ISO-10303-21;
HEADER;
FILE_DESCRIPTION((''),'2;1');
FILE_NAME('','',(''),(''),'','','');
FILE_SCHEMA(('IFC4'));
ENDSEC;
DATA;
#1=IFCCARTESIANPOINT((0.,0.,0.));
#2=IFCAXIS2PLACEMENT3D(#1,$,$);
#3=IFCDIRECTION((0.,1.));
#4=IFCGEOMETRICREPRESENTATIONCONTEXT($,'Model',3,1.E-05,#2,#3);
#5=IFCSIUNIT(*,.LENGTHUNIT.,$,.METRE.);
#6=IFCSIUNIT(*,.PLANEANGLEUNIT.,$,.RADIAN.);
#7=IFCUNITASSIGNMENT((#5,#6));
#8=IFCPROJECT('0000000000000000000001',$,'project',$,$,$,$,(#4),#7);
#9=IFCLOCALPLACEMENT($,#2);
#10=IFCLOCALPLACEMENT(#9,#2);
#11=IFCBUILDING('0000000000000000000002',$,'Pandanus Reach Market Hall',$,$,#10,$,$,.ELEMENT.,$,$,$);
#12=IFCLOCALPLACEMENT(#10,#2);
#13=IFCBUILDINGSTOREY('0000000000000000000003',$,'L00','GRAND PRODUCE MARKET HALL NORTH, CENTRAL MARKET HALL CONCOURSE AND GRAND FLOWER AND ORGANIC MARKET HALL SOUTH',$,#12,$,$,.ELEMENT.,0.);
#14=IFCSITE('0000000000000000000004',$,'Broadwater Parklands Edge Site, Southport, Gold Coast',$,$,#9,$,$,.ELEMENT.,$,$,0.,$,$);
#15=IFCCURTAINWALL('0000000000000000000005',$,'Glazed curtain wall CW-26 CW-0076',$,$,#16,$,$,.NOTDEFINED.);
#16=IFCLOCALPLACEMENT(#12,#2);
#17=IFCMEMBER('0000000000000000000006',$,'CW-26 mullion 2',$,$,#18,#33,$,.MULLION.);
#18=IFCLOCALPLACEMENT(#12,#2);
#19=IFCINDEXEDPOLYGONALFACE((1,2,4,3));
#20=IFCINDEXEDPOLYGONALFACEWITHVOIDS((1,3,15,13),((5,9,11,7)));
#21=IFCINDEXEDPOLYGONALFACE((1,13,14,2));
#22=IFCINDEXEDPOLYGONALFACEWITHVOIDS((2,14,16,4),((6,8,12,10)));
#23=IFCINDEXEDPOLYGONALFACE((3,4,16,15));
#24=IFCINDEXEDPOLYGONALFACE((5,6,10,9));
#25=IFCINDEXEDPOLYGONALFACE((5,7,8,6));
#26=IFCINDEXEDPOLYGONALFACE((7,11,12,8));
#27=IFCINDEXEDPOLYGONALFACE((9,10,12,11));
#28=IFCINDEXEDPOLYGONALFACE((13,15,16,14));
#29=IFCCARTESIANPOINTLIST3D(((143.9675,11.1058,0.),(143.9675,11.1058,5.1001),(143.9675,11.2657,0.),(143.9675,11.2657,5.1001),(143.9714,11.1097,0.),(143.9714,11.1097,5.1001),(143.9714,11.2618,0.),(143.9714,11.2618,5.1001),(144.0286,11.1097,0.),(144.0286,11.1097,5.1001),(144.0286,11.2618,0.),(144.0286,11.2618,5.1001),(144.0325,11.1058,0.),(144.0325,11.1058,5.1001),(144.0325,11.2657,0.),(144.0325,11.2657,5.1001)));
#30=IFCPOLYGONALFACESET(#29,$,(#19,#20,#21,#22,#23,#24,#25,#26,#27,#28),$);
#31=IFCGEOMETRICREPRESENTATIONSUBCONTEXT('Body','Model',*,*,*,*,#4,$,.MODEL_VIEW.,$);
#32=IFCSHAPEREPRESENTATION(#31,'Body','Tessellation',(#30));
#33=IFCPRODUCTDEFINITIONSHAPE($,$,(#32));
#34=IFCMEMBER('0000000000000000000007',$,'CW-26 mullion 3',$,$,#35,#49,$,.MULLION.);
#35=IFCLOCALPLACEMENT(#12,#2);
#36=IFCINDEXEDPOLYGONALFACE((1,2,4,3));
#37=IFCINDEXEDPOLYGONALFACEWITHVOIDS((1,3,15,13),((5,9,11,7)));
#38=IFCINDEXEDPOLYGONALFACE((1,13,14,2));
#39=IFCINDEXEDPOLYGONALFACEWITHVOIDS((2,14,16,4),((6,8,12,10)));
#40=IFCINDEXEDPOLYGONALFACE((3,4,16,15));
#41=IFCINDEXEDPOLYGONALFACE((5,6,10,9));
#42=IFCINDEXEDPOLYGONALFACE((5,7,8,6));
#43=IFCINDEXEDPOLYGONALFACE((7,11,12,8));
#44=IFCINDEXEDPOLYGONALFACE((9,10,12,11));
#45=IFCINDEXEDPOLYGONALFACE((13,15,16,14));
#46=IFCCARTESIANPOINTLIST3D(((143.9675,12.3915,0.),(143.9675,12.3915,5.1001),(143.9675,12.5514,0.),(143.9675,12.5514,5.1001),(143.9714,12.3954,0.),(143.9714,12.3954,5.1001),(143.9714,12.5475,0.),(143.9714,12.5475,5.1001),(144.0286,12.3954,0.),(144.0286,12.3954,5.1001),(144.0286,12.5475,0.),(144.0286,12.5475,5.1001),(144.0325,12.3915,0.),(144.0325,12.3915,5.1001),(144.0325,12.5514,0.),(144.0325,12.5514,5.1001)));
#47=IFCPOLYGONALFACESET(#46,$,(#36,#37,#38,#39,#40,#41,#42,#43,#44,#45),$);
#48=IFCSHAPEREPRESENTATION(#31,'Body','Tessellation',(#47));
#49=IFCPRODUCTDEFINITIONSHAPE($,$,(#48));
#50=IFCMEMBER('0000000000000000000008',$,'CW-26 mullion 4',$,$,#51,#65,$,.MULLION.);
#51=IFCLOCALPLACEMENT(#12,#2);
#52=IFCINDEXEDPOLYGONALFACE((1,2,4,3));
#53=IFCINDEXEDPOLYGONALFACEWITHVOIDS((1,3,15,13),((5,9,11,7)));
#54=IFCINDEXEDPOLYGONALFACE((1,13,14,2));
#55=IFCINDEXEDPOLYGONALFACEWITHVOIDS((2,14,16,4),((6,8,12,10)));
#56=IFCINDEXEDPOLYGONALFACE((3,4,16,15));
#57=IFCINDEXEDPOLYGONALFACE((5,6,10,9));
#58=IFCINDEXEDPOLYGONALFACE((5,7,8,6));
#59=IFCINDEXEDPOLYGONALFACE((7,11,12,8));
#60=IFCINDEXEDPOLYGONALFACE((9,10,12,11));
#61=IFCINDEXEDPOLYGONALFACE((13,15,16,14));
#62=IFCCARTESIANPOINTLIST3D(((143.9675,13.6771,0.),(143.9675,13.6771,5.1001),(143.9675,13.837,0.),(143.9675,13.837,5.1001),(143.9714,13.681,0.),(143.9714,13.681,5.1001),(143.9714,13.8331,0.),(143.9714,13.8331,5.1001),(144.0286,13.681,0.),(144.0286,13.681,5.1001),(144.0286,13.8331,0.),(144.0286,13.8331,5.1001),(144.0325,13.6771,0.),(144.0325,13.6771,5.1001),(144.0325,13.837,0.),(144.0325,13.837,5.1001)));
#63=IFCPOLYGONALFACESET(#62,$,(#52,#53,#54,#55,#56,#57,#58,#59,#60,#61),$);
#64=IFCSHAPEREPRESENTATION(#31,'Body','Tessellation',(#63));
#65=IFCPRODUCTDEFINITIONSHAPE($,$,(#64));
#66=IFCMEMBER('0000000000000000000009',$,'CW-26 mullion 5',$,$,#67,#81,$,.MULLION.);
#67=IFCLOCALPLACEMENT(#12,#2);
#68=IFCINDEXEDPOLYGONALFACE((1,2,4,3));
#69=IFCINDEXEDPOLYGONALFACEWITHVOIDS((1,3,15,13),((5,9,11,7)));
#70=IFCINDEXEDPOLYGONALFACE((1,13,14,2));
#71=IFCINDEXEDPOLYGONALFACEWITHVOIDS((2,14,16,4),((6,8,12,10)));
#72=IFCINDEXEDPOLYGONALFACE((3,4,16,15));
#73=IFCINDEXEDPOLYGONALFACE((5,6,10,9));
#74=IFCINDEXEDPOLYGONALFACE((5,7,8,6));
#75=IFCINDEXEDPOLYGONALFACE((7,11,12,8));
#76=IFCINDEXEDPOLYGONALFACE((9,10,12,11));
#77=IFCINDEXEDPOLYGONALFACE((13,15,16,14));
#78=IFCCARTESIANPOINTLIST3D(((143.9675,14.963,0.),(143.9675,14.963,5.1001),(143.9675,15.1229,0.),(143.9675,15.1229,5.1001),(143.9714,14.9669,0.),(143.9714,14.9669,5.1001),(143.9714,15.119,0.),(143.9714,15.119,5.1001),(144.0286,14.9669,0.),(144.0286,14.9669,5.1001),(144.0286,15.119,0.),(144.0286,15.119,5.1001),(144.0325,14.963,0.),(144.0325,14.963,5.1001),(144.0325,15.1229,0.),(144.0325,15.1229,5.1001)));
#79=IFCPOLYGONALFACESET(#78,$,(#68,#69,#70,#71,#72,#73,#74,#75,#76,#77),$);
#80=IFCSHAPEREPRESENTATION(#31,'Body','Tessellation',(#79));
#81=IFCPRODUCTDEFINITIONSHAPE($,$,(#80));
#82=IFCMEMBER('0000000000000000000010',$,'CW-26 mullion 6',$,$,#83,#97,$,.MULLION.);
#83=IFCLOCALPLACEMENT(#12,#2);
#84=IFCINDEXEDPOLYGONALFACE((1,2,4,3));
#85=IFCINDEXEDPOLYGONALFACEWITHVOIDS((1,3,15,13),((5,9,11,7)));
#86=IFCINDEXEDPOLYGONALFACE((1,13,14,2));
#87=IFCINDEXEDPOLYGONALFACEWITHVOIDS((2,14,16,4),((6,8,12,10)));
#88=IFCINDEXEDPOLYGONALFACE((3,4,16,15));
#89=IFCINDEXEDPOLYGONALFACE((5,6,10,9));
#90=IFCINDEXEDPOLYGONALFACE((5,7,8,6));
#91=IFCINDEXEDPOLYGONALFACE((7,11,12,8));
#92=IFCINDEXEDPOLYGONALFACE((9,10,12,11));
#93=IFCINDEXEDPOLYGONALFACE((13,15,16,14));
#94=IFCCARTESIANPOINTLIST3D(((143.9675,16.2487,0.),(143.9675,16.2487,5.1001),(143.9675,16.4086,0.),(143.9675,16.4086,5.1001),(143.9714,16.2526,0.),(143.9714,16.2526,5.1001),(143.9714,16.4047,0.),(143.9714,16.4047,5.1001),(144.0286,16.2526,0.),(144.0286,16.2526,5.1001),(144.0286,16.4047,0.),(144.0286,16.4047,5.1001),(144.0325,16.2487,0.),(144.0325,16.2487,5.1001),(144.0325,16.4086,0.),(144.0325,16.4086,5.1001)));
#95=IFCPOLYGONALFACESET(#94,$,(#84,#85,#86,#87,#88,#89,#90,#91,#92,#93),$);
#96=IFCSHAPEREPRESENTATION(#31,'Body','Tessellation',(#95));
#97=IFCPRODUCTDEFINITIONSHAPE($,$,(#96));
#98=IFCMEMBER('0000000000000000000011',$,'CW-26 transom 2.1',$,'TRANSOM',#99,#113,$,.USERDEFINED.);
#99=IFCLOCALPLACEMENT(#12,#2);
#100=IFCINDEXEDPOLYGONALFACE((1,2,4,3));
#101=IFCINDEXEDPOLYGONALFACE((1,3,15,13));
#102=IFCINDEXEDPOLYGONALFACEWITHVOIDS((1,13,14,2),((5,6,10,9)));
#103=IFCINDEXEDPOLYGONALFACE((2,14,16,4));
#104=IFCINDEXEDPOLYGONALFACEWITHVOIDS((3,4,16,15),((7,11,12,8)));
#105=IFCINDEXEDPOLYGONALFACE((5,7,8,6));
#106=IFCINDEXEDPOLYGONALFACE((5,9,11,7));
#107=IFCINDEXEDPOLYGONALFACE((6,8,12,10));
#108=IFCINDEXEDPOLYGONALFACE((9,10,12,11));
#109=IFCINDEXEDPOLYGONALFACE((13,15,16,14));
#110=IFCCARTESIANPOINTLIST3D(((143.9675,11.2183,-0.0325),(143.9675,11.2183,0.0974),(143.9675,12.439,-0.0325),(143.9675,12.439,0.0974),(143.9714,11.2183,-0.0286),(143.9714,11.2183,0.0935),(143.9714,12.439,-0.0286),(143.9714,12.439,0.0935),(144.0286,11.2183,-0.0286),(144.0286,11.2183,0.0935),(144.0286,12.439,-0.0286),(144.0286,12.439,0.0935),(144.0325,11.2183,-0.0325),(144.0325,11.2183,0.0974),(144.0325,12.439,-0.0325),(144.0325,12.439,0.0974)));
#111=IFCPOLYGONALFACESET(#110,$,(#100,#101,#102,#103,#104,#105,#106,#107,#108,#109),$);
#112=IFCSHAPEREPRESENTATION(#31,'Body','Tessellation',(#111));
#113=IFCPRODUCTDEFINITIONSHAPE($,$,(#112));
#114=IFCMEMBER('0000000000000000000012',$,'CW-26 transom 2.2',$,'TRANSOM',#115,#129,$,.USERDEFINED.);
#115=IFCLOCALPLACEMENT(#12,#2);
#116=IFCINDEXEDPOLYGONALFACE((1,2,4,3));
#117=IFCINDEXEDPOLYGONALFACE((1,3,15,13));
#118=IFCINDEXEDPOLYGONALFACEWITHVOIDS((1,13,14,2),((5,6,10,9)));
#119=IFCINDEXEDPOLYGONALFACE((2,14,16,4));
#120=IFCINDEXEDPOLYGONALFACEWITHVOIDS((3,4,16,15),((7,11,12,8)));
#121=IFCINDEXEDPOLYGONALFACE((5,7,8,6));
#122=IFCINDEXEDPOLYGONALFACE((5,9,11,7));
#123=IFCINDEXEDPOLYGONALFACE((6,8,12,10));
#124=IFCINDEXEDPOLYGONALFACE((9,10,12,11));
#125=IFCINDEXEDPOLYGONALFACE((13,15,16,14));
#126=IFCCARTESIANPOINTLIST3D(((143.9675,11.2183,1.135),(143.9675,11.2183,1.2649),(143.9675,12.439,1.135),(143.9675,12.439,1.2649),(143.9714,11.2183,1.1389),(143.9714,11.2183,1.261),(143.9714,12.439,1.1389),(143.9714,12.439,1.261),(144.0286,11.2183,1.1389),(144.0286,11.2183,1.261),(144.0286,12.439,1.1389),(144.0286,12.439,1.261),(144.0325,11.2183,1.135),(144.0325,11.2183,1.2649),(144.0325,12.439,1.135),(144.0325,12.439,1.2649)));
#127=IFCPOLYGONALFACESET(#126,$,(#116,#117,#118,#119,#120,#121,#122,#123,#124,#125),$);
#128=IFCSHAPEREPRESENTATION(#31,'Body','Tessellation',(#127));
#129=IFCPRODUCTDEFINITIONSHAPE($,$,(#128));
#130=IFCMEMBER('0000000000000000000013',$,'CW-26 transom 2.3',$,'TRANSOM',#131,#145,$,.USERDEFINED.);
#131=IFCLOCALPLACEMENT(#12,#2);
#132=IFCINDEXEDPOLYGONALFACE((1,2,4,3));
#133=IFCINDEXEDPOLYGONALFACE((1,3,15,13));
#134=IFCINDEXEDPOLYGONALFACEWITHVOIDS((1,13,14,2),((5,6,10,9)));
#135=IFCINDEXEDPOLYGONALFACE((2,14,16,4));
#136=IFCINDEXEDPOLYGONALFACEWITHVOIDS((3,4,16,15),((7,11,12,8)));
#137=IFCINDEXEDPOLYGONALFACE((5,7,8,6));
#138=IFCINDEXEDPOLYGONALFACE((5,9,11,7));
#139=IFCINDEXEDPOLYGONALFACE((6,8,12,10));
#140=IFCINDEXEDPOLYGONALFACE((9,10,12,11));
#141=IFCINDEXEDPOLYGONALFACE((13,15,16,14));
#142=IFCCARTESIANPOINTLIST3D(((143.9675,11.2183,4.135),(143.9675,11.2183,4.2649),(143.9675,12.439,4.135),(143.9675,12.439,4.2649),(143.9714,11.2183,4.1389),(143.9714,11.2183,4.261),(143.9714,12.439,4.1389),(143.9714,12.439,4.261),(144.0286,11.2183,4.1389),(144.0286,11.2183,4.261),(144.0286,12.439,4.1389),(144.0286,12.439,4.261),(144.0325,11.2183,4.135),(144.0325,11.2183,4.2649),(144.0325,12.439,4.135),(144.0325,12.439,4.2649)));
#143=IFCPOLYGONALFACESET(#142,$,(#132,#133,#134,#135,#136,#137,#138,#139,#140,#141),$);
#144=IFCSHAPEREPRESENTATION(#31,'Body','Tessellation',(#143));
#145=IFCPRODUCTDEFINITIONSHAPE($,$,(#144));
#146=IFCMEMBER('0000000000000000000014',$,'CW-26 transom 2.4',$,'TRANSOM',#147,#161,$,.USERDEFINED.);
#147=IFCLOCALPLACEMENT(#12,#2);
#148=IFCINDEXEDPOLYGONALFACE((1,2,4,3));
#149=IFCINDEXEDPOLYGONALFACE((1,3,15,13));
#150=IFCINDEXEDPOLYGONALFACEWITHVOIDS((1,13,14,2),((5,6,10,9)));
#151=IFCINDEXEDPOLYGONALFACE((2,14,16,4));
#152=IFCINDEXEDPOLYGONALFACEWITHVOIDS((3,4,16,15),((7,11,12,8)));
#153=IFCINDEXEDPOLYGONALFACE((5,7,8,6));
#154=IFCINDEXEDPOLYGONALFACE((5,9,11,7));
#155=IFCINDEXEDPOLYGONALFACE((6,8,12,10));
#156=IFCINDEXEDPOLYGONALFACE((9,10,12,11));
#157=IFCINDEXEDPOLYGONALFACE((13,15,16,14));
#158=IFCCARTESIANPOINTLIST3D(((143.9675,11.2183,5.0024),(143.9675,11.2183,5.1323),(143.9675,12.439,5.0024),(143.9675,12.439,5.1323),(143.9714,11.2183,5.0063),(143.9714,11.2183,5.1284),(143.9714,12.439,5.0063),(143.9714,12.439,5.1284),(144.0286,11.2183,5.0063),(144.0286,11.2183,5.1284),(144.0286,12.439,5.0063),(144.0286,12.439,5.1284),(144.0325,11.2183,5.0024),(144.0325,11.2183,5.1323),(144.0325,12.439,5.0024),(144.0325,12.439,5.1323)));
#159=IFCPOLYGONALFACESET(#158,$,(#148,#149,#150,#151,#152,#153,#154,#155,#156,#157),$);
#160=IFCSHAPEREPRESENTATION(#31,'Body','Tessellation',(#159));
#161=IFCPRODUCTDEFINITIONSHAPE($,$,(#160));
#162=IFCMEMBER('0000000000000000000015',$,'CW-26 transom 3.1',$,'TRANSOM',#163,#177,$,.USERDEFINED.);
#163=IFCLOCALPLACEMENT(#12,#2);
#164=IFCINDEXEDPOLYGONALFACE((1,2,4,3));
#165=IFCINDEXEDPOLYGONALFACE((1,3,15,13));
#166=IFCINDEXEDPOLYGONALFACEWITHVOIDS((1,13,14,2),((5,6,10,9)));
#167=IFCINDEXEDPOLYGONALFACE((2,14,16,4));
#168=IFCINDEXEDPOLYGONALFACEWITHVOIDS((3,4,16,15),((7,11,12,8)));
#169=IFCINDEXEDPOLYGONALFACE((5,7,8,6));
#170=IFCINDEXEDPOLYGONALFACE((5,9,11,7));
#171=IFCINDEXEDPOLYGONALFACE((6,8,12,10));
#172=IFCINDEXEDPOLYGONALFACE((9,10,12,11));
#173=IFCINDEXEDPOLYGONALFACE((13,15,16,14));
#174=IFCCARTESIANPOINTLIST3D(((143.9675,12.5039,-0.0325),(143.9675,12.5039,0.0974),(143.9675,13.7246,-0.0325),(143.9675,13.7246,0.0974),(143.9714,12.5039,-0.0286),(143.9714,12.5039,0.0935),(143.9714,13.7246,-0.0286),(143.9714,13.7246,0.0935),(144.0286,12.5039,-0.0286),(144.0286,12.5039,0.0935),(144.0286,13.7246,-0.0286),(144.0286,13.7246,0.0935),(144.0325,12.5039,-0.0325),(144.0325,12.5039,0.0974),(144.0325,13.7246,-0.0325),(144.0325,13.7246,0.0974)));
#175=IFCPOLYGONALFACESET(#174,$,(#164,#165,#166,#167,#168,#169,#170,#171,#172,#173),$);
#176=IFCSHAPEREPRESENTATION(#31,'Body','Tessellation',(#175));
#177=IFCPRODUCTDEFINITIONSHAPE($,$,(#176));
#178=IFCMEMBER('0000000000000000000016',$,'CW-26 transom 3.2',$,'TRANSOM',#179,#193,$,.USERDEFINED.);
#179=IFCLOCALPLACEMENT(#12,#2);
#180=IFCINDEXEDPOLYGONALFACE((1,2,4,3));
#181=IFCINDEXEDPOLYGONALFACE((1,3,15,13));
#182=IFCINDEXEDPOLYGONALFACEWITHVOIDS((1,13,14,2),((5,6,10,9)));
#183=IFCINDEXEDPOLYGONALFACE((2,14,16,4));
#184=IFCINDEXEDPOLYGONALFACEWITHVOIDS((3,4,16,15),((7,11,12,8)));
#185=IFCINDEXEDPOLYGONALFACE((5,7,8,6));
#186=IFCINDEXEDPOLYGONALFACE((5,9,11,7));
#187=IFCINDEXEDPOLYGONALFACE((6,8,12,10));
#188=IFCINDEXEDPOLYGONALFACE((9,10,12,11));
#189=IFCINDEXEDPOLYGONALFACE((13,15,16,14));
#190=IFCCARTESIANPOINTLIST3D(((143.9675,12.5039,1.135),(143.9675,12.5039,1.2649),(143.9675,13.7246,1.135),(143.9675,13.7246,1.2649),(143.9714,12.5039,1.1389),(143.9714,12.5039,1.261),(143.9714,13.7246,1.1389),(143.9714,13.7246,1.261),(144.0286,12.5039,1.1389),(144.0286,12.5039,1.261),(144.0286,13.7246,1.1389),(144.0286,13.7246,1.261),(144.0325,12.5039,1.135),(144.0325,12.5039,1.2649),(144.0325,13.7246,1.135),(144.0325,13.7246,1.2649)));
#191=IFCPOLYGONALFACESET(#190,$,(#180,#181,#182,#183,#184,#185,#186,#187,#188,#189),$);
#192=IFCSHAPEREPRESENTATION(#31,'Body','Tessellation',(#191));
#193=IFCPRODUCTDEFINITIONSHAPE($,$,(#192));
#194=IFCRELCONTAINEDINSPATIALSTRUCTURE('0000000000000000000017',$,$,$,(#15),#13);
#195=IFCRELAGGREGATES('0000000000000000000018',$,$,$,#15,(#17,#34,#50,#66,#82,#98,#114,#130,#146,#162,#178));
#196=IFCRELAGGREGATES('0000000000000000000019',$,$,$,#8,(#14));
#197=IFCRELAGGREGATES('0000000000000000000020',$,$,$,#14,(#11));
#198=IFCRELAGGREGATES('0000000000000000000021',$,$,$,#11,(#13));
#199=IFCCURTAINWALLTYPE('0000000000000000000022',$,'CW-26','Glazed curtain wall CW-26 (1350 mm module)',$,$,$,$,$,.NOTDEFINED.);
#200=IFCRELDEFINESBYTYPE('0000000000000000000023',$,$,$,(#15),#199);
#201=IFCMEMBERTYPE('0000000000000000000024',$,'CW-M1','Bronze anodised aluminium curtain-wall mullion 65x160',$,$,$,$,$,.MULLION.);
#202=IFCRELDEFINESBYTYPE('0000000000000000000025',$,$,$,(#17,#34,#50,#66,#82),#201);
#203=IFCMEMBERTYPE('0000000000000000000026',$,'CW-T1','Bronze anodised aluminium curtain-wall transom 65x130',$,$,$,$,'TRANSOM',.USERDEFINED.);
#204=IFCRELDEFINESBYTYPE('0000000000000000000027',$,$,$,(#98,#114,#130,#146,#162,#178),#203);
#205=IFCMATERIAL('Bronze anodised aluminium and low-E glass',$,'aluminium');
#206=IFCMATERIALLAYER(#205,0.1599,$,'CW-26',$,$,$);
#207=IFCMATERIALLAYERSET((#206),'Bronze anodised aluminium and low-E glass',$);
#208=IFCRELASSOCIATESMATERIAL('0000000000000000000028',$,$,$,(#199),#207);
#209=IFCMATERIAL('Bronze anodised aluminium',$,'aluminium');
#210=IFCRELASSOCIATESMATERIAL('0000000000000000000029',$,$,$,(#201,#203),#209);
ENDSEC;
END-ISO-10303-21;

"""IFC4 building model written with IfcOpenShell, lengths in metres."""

from ifc_helpers import new_model, si_unit, direction, frame, origin, origin_2d, place, context, subcontext, project, spatial, hollow_rectangle, extrude, material, layer, layer_set, material_profile, profile_set, type_object, element, aggregate, save


model = new_model("IFC4")

# Units and contexts
model_context = context("Model", 3, precision=1e-05, world=origin(), true_north=direction((0.0, 1.0)))
body_context = subcontext(model_context, "Body", "Model", "MODEL_VIEW")
ifc_project = project(units=[si_unit("LENGTHUNIT", "METRE"), si_unit("PLANEANGLEUNIT", "RADIAN")], contexts=[model_context])

# Site, building, storey
site_placement = place(None, origin())
site = spatial("IfcSite", under=ifc_project, at=site_placement, Name="Broadwater Parklands Edge Site, Southport, Gold Coast", CompositionType="ELEMENT", RefElevation=0.0)
building_placement = place(site_placement, origin())
building = spatial("IfcBuilding", under=site, at=building_placement, Name="Pandanus Reach Market Hall", CompositionType="ELEMENT")
storey_placement = place(building_placement, origin())
storey = spatial("IfcBuildingStorey", under=building, at=storey_placement, Name="L00", Description="GRAND PRODUCE MARKET HALL NORTH, CENTRAL MARKET HALL CONCOURSE AND GRAND FLOWER AND ORGANIC MARKET HALL SOUTH", CompositionType="ELEMENT", Elevation=0.0)

# Curtain wall, members
ifc_material_1 = material(Name="Bronze anodised aluminium and low-E glass", Category="aluminium")
ifc_layer_1 = layer(ifc_material_1, 0.1599, Name="CW-26")
ifc_layer_set_1 = layer_set([ifc_layer_1], Name="Bronze anodised aluminium and low-E glass")
curtain_wall_type = type_object("IfcCurtainWallType", Name="CW-26", Description="Glazed curtain wall CW-26 (1350 mm module)", PredefinedType="NOTDEFINED", material=ifc_layer_set_1)
curtain_wall_placement = place(storey_placement, origin())
curtain_wall = element("IfcCurtainWall", 1, at=curtain_wall_placement, inside=storey, type_object=curtain_wall_type, Name="Glazed curtain wall CW-26 CW-0076", PredefinedType="NOTDEFINED")
ifc_material_2 = material(Name="Bronze anodised aluminium", Category="aluminium")
ifc_material_profile_1 = material_profile(ifc_material_2, hollow_rectangle(XDim=0.0649, YDim=0.1599, WallThickness=0.0039, at=origin_2d()), Name="ALU65x160", Category="LoadBearing")
ifc_profile_set_1 = profile_set([ifc_material_profile_1], Name="Bronze anodised aluminium")
member_type_1 = type_object("IfcMemberType", Name="CW-M1", Description="Bronze anodised aluminium curtain-wall mullion 65x160", PredefinedType="MULLION", material=ifc_profile_set_1)
member_1_placement = place(storey_placement, frame((144.0, 11.1858, 0.0), z_axis=(0.0, 0.0, 1.0), x_axis=(-1.0, 0.0, 0.0)))
member_1 = element("IfcMember", 2, at=member_1_placement, type_object=member_type_1, Name="CW-26 mullion 2", PredefinedType="MULLION", context=body_context, shape_type="SweptSolid", body=[
    extrude(hollow_rectangle(XDim=0.0649, YDim=0.1599, WallThickness=0.0039, at=origin_2d()), origin(), (0.0, 0.0, 1.0), 5.1001),
])
member_2_placement = place(storey_placement, frame((144.0, 12.4714, 0.0), z_axis=(0.0, 0.0, 1.0), x_axis=(-1.0, 0.0, 0.0)))
member_2 = element("IfcMember", 3, at=member_2_placement, type_object=member_type_1, Name="CW-26 mullion 3", PredefinedType="MULLION", context=body_context, shape_type="SweptSolid", body=[
    extrude(hollow_rectangle(XDim=0.0649, YDim=0.1599, WallThickness=0.0039, at=origin_2d()), origin(), (0.0, 0.0, 1.0), 5.1001),
])
member_3_placement = place(storey_placement, frame((144.0, 13.7571, 0.0), z_axis=(0.0, 0.0, 1.0), x_axis=(-1.0, 0.0, 0.0)))
member_3 = element("IfcMember", 4, at=member_3_placement, type_object=member_type_1, Name="CW-26 mullion 4", PredefinedType="MULLION", context=body_context, shape_type="SweptSolid", body=[
    extrude(hollow_rectangle(XDim=0.0649, YDim=0.1599, WallThickness=0.0039, at=origin_2d()), origin(), (0.0, 0.0, 1.0), 5.1001),
])
member_4_placement = place(storey_placement, frame((144.0, 15.043, 0.0), z_axis=(0.0, 0.0, 1.0), x_axis=(-1.0, 0.0, 0.0)))
member_4 = element("IfcMember", 5, at=member_4_placement, type_object=member_type_1, Name="CW-26 mullion 5", PredefinedType="MULLION", context=body_context, shape_type="SweptSolid", body=[
    extrude(hollow_rectangle(XDim=0.0649, YDim=0.1599, WallThickness=0.0039, at=origin_2d()), origin(), (0.0, 0.0, 1.0), 5.1001),
])
member_5_placement = place(storey_placement, frame((144.0, 16.3286, 0.0), z_axis=(0.0, 0.0, 1.0), x_axis=(-1.0, 0.0, 0.0)))
member_5 = element("IfcMember", 6, at=member_5_placement, type_object=member_type_1, Name="CW-26 mullion 6", PredefinedType="MULLION", context=body_context, shape_type="SweptSolid", body=[
    extrude(hollow_rectangle(XDim=0.0649, YDim=0.1599, WallThickness=0.0039, at=origin_2d()), origin(), (0.0, 0.0, 1.0), 5.1001),
])
ifc_material_profile_2 = material_profile(ifc_material_2, hollow_rectangle(XDim=0.0649, YDim=0.1299, WallThickness=0.0039, at=origin_2d()), Name="ALU65x130", Category="LoadBearing")
ifc_profile_set_2 = profile_set([ifc_material_profile_2], Name="Bronze anodised aluminium")
member_type_2 = type_object("IfcMemberType", Name="CW-T1", Description="Bronze anodised aluminium curtain-wall transom 65x130", ElementType="TRANSOM", PredefinedType="USERDEFINED", material=ifc_profile_set_2)
member_6_placement = place(storey_placement, frame((144.0, 11.2183, 0.0325), z_axis=(0.0, 1.0, 0.0), x_axis=(-1.0, 0.0, 0.0)))
member_6 = element("IfcMember", 7, at=member_6_placement, type_object=member_type_2, Name="CW-26 transom 2.1", ObjectType="TRANSOM", PredefinedType="USERDEFINED", context=body_context, shape_type="SweptSolid", body=[
    extrude(hollow_rectangle(XDim=0.0649, YDim=0.1299, WallThickness=0.0039, at=origin_2d()), origin(), (0.0, 0.0, 1.0), 1.2207),
])
member_7_placement = place(storey_placement, frame((144.0, 11.2183, 1.2), z_axis=(0.0, 1.0, 0.0), x_axis=(-1.0, 0.0, 0.0)))
member_7 = element("IfcMember", 8, at=member_7_placement, type_object=member_type_2, Name="CW-26 transom 2.2", ObjectType="TRANSOM", PredefinedType="USERDEFINED", context=body_context, shape_type="SweptSolid", body=[
    extrude(hollow_rectangle(XDim=0.0649, YDim=0.1299, WallThickness=0.0039, at=origin_2d()), origin(), (0.0, 0.0, 1.0), 1.2207),
])
member_8_placement = place(storey_placement, frame((144.0, 11.2183, 4.2), z_axis=(0.0, 1.0, 0.0), x_axis=(-1.0, 0.0, 0.0)))
member_8 = element("IfcMember", 9, at=member_8_placement, type_object=member_type_2, Name="CW-26 transom 2.3", ObjectType="TRANSOM", PredefinedType="USERDEFINED", context=body_context, shape_type="SweptSolid", body=[
    extrude(hollow_rectangle(XDim=0.0649, YDim=0.1299, WallThickness=0.0039, at=origin_2d()), origin(), (0.0, 0.0, 1.0), 1.2207),
])
member_9_placement = place(storey_placement, frame((144.0, 11.2183, 5.0674), z_axis=(0.0, 1.0, 0.0), x_axis=(-1.0, 0.0, 0.0)))
member_9 = element("IfcMember", 10, at=member_9_placement, type_object=member_type_2, Name="CW-26 transom 2.4", ObjectType="TRANSOM", PredefinedType="USERDEFINED", context=body_context, shape_type="SweptSolid", body=[
    extrude(hollow_rectangle(XDim=0.0649, YDim=0.1299, WallThickness=0.0039, at=origin_2d()), origin(), (0.0, 0.0, 1.0), 1.2207),
])
member_10_placement = place(storey_placement, frame((144.0, 12.5039, 0.0325), z_axis=(0.0, 1.0, 0.0), x_axis=(-1.0, 0.0, 0.0)))
member_10 = element("IfcMember", 11, at=member_10_placement, type_object=member_type_2, Name="CW-26 transom 3.1", ObjectType="TRANSOM", PredefinedType="USERDEFINED", context=body_context, shape_type="SweptSolid", body=[
    extrude(hollow_rectangle(XDim=0.0649, YDim=0.1299, WallThickness=0.0039, at=origin_2d()), origin(), (0.0, 0.0, 1.0), 1.2207),
])
member_11_placement = place(storey_placement, frame((144.0, 12.5039, 1.2), z_axis=(0.0, 1.0, 0.0), x_axis=(-1.0, 0.0, 0.0)))
member_11 = element("IfcMember", 12, at=member_11_placement, type_object=member_type_2, Name="CW-26 transom 3.2", ObjectType="TRANSOM", PredefinedType="USERDEFINED", context=body_context, shape_type="SweptSolid", body=[
    extrude(hollow_rectangle(XDim=0.0649, YDim=0.1299, WallThickness=0.0039, at=origin_2d()), origin(), (0.0, 0.0, 1.0), 1.2207),
])
aggregate(curtain_wall, [member_1, member_2, member_3, member_4, member_5, member_6, member_7, member_8, member_9, member_10, member_11])

save(model, "model.ifc")
